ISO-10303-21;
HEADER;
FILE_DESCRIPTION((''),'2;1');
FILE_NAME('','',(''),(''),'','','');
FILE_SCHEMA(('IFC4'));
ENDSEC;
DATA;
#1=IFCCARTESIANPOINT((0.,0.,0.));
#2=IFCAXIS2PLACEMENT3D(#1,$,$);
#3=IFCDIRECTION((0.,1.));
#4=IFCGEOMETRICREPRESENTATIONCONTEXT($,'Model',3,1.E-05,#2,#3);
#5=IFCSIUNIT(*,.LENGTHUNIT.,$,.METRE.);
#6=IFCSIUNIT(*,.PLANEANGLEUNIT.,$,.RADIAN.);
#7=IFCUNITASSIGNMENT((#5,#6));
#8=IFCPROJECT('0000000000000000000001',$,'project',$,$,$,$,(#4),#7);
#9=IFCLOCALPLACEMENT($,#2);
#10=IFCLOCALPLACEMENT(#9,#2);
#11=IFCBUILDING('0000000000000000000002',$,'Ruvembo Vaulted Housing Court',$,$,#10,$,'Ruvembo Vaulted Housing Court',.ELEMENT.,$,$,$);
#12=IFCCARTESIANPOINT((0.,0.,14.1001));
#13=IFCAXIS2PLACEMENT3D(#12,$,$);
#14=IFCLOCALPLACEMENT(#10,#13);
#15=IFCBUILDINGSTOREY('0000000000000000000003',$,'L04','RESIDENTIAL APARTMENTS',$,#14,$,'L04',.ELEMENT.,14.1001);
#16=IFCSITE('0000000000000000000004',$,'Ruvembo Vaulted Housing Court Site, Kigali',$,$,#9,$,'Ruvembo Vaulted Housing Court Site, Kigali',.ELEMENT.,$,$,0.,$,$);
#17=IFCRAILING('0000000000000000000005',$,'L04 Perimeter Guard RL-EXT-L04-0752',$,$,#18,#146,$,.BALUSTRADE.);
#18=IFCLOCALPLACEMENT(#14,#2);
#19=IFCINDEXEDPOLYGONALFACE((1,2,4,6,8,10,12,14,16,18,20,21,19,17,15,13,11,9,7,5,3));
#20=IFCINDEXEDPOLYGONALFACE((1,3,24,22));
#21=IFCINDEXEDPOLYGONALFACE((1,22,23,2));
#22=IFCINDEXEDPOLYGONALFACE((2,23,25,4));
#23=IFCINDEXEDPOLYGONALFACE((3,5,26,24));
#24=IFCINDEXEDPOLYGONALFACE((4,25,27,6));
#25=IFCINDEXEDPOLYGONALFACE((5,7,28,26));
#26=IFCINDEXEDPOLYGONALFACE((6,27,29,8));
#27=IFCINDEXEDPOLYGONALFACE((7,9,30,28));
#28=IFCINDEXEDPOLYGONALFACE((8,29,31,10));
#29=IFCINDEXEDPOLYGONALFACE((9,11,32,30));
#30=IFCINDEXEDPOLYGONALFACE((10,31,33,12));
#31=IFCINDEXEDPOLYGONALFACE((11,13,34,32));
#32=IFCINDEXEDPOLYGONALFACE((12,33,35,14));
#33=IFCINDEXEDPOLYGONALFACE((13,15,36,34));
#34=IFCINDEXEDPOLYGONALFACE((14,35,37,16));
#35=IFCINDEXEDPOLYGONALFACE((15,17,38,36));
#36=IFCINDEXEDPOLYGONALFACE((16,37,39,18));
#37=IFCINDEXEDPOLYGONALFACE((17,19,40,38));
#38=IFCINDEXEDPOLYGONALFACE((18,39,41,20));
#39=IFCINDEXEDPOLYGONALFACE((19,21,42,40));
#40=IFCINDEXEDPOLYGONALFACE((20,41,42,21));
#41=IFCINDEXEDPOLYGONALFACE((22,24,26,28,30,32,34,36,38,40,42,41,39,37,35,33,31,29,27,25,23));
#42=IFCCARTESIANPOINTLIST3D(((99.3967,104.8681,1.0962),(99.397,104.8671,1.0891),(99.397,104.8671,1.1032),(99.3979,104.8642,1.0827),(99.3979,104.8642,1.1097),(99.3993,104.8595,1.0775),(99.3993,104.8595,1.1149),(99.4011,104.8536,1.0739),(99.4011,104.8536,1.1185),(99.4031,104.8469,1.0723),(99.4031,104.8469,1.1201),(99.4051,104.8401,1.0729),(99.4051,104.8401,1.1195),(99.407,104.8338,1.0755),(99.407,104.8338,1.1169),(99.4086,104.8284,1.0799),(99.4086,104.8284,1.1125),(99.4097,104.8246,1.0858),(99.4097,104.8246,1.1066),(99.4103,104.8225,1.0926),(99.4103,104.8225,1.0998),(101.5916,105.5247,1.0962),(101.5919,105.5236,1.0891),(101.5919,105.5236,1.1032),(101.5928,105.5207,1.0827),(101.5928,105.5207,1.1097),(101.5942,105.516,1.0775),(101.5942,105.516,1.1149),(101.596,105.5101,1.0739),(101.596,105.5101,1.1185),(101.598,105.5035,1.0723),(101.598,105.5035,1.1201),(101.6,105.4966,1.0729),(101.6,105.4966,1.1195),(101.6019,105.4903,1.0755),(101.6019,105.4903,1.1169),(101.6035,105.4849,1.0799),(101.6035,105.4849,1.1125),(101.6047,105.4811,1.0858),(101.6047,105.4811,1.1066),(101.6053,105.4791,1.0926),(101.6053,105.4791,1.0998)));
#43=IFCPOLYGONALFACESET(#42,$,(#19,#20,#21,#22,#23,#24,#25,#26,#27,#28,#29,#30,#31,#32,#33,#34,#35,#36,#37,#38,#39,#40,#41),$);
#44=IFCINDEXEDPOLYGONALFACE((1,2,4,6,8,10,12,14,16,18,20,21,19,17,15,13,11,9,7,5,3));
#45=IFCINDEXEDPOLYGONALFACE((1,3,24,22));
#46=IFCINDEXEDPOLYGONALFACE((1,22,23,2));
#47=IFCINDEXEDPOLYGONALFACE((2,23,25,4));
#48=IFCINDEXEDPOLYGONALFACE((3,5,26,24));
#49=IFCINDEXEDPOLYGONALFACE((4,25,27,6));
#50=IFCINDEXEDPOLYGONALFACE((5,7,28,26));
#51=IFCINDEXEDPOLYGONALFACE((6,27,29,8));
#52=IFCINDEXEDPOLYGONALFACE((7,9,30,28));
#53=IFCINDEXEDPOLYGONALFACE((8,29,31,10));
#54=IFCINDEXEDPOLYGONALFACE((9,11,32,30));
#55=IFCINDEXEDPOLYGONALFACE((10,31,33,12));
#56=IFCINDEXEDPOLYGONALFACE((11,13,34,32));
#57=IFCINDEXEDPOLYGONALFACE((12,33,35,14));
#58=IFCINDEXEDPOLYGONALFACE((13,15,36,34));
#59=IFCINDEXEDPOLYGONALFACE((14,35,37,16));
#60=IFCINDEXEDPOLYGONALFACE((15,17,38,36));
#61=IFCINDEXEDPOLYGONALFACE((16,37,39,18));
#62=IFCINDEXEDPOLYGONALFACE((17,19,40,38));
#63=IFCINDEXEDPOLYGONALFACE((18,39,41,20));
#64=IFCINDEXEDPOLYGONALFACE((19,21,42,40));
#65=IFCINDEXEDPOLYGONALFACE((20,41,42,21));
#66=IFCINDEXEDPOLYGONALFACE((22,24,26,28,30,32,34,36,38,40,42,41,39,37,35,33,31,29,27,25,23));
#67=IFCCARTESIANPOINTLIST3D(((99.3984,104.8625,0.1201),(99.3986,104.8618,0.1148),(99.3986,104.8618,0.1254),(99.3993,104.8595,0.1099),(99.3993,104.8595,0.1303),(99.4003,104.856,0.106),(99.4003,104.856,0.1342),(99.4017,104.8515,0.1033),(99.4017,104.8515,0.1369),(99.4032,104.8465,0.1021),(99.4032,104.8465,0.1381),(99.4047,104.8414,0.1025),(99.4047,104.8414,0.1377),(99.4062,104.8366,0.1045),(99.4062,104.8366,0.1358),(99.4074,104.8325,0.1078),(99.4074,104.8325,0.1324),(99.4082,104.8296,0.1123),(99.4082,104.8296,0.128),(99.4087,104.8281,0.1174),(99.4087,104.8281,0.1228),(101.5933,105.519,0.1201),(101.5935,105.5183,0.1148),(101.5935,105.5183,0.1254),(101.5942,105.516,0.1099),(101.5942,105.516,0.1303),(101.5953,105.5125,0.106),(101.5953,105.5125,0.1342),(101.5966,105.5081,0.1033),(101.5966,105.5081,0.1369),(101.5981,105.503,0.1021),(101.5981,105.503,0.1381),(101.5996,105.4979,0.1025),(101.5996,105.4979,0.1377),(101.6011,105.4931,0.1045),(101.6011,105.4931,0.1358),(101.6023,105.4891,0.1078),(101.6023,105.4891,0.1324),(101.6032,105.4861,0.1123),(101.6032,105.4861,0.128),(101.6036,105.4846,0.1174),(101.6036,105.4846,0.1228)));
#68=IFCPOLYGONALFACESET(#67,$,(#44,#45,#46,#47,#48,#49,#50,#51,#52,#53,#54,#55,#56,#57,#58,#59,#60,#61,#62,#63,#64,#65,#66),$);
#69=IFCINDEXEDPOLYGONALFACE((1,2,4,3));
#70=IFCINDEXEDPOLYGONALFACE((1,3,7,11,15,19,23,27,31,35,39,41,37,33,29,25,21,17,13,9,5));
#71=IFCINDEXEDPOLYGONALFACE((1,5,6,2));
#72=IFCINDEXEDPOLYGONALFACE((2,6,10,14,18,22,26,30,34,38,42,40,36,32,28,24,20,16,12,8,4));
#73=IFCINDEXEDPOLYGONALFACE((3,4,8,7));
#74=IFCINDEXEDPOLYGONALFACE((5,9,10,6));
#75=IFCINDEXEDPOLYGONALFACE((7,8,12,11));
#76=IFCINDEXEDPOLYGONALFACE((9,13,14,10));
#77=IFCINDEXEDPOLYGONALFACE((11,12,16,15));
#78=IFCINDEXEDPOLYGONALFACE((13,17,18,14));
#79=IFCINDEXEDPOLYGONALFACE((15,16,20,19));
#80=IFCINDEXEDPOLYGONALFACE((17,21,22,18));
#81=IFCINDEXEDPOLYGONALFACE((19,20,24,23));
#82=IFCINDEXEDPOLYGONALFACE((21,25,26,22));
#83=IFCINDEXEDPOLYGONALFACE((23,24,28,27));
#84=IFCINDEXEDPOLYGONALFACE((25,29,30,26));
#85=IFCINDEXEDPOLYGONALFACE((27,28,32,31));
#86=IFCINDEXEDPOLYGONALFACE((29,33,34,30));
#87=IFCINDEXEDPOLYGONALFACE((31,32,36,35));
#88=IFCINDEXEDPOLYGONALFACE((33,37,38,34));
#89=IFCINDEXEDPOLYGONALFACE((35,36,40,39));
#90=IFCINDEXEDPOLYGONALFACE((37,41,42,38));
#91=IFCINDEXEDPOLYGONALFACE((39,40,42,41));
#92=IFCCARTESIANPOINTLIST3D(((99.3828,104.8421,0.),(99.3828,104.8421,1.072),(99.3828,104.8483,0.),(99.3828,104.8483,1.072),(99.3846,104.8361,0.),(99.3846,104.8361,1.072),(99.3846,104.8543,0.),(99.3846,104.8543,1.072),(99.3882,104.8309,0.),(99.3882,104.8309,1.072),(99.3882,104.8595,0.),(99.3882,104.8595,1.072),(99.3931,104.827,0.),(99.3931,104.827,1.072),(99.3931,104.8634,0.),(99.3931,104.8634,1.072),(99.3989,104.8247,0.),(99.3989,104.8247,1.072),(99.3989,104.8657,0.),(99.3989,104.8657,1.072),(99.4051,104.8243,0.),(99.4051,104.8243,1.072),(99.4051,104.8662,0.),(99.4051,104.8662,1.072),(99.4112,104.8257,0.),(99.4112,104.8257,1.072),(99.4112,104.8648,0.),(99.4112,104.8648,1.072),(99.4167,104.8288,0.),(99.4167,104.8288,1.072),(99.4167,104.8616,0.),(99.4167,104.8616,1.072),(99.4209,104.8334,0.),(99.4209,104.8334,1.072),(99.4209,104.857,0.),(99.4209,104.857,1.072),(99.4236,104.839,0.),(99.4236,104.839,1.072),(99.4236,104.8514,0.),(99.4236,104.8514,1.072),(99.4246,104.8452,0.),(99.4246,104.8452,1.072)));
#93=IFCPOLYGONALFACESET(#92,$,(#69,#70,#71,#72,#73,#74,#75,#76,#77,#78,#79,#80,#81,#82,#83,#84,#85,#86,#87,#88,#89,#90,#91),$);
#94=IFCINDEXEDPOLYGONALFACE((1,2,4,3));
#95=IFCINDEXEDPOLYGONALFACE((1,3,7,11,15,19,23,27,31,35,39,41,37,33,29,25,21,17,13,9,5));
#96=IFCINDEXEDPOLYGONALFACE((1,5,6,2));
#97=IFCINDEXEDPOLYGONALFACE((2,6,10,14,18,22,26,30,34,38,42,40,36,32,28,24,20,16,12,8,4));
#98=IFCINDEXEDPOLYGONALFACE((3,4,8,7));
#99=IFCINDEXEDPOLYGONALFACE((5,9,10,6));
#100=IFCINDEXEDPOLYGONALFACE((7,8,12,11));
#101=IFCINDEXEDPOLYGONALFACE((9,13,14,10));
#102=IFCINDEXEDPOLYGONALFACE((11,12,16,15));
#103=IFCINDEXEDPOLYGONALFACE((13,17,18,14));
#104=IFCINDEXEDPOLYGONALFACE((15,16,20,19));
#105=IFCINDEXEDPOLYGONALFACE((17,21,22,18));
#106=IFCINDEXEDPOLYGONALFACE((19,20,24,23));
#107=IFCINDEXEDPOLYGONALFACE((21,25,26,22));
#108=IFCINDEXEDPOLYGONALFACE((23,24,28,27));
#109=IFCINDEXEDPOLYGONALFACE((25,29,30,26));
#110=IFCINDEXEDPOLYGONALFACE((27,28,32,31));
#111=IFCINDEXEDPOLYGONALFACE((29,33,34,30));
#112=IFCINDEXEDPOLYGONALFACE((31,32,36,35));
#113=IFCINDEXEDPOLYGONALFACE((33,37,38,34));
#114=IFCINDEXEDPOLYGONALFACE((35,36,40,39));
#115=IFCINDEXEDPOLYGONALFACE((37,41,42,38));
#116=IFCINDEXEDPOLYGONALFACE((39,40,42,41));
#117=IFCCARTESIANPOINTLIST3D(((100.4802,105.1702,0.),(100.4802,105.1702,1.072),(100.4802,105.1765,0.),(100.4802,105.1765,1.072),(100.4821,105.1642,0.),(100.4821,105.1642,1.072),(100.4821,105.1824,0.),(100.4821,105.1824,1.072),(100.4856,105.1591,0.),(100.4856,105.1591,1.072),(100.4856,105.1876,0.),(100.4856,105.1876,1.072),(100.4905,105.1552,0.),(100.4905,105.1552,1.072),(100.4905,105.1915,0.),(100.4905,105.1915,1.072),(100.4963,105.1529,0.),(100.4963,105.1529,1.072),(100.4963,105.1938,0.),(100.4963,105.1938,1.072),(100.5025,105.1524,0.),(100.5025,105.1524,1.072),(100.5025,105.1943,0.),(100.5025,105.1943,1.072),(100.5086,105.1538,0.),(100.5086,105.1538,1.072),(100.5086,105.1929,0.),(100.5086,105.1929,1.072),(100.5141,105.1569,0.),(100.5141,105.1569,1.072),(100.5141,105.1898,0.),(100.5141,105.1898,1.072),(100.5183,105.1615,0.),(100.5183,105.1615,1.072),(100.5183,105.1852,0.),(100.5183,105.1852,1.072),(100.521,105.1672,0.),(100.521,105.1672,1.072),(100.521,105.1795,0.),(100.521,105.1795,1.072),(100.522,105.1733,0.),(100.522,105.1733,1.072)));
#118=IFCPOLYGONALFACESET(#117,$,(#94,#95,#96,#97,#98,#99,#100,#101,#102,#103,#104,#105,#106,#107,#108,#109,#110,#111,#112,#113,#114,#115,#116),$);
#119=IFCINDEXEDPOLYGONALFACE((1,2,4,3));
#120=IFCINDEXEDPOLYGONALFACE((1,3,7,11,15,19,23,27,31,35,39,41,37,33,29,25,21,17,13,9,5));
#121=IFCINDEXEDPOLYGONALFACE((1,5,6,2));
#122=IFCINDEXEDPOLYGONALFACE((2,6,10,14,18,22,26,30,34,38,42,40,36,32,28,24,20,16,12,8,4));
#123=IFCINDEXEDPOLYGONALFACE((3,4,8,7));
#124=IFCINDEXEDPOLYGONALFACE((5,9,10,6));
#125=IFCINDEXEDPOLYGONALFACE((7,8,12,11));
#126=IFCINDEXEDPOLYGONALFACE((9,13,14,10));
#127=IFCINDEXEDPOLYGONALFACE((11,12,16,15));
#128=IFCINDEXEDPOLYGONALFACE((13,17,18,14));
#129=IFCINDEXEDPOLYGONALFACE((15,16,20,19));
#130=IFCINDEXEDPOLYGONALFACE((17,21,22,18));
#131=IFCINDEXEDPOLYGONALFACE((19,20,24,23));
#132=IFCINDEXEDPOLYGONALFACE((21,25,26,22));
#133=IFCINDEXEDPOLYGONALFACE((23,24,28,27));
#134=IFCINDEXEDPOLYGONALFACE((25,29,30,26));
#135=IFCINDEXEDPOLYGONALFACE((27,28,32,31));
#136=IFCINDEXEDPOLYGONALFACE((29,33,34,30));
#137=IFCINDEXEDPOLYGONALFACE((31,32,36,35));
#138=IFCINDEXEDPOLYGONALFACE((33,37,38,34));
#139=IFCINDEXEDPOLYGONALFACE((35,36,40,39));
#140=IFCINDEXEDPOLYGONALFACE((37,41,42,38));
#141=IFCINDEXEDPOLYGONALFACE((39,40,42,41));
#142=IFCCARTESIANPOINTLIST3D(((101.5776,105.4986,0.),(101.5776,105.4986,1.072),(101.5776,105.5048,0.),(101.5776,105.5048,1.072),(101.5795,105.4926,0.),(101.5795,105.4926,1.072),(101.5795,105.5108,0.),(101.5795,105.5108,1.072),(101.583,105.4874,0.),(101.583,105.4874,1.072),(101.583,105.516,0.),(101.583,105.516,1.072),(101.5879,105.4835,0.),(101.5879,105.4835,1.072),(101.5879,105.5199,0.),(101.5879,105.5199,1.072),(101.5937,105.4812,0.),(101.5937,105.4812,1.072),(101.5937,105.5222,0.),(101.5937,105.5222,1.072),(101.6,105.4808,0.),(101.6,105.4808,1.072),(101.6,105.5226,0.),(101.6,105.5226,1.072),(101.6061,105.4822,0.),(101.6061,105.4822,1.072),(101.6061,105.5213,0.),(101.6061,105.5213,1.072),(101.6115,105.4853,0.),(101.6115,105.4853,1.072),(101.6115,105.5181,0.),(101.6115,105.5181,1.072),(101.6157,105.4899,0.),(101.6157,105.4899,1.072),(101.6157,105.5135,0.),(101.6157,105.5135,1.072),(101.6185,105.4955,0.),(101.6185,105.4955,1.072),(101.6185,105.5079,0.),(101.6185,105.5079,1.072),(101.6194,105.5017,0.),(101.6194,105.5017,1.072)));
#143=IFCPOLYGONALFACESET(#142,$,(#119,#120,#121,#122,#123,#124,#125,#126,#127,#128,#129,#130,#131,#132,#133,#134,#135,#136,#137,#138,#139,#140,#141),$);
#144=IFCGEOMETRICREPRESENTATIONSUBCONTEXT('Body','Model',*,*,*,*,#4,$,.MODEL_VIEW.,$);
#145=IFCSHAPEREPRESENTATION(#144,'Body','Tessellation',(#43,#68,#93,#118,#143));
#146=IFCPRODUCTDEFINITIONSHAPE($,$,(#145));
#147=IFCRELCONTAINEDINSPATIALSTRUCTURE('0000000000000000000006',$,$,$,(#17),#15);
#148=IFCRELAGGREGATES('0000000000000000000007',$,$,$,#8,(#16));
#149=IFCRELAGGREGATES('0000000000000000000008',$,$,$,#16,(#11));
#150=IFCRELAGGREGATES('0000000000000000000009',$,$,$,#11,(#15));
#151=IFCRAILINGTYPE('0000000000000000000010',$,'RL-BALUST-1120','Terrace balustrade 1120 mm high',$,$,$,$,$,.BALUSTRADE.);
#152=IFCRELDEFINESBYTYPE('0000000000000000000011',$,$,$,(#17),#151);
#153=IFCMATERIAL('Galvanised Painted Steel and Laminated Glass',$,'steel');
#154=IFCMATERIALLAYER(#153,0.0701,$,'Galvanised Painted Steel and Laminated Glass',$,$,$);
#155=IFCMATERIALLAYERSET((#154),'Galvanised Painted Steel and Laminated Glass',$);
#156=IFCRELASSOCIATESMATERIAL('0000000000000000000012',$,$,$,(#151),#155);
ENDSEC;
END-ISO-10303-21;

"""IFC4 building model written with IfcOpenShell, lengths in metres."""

from ifc_helpers import new_model, si_unit, direction, frame, origin, origin_2d, place, context, subcontext, project, spatial, circle, extrude, material, layer, layer_set, type_object, element, save


model = new_model("IFC4")

# Units and contexts
model_context = context("Model", 3, precision=1e-05, world=origin(), true_north=direction((0.0, 1.0)))
body_context = subcontext(model_context, "Body", "Model", "MODEL_VIEW")
ifc_project = project(units=[si_unit("LENGTHUNIT", "METRE"), si_unit("PLANEANGLEUNIT", "RADIAN")], contexts=[model_context])

# Site, building, storey
site_placement = place(None, origin())
site = spatial("IfcSite", under=ifc_project, at=site_placement, Name="Ruvembo Vaulted Housing Court Site, Kigali", LongName="Ruvembo Vaulted Housing Court Site, Kigali", CompositionType="ELEMENT", RefElevation=0.0)
building_placement = place(site_placement, origin())
building = spatial("IfcBuilding", under=site, at=building_placement, Name="Ruvembo Vaulted Housing Court", LongName="Ruvembo Vaulted Housing Court", CompositionType="ELEMENT")
storey_placement = place(building_placement, frame((0.0, 0.0, 14.1001)))
storey = spatial("IfcBuildingStorey", under=building, at=storey_placement, Name="L04", Description="RESIDENTIAL APARTMENTS", LongName="L04", CompositionType="ELEMENT", Elevation=14.1001)

# Railing
ifc_material_1 = material(Name="Galvanised Painted Steel and Laminated Glass", Category="steel")
ifc_layer_1 = layer(ifc_material_1, 0.0701, Name="Galvanised Painted Steel and Laminated Glass")
ifc_layer_set_1 = layer_set([ifc_layer_1], Name="Galvanised Painted Steel and Laminated Glass")
railing_type = type_object("IfcRailingType", Name="RL-BALUST-1120", Description="Terrace balustrade 1120 mm high", PredefinedType="BALUSTRADE", material=ifc_layer_set_1)
railing_1_placement = place(storey_placement, frame((99.4036, 104.8452, 0.0)))
element("IfcRailing", 1, at=railing_1_placement, inside=storey, type_object=railing_type, Name="L04 Perimeter Guard RL-EXT-L04-0752", PredefinedType="BALUSTRADE", context=body_context, shape_type="SweptSolid", body=[
    extrude(circle(Radius=0.0239, at=origin_2d()), frame((0.0, 0.0, 1.0962), z_axis=(0.958061, 0.286566, 0.0), x_axis=(-0.286566, 0.958061, 0.0)), (0.0, 0.0, 1.0), 2.291),
    extrude(circle(Radius=0.0181, at=origin_2d()), frame((0.0, 0.0, 0.1201), z_axis=(0.958061, 0.286566, 0.0), x_axis=(-0.286566, 0.958061, 0.0)), (0.0, 0.0, 1.0), 2.291),
    extrude(circle(Radius=0.021, at=origin_2d()), origin(), (0.0, 0.0, 1.0), 1.072),
    extrude(circle(Radius=0.021, at=origin_2d()), frame((1.0974, 0.3281, 0.0)), (0.0, 0.0, 1.0), 1.072),
    extrude(circle(Radius=0.021, at=origin_2d()), frame((2.1948, 0.6565, 0.0)), (0.0, 0.0, 1.0), 1.072),
])

save(model, "model.ifc")
